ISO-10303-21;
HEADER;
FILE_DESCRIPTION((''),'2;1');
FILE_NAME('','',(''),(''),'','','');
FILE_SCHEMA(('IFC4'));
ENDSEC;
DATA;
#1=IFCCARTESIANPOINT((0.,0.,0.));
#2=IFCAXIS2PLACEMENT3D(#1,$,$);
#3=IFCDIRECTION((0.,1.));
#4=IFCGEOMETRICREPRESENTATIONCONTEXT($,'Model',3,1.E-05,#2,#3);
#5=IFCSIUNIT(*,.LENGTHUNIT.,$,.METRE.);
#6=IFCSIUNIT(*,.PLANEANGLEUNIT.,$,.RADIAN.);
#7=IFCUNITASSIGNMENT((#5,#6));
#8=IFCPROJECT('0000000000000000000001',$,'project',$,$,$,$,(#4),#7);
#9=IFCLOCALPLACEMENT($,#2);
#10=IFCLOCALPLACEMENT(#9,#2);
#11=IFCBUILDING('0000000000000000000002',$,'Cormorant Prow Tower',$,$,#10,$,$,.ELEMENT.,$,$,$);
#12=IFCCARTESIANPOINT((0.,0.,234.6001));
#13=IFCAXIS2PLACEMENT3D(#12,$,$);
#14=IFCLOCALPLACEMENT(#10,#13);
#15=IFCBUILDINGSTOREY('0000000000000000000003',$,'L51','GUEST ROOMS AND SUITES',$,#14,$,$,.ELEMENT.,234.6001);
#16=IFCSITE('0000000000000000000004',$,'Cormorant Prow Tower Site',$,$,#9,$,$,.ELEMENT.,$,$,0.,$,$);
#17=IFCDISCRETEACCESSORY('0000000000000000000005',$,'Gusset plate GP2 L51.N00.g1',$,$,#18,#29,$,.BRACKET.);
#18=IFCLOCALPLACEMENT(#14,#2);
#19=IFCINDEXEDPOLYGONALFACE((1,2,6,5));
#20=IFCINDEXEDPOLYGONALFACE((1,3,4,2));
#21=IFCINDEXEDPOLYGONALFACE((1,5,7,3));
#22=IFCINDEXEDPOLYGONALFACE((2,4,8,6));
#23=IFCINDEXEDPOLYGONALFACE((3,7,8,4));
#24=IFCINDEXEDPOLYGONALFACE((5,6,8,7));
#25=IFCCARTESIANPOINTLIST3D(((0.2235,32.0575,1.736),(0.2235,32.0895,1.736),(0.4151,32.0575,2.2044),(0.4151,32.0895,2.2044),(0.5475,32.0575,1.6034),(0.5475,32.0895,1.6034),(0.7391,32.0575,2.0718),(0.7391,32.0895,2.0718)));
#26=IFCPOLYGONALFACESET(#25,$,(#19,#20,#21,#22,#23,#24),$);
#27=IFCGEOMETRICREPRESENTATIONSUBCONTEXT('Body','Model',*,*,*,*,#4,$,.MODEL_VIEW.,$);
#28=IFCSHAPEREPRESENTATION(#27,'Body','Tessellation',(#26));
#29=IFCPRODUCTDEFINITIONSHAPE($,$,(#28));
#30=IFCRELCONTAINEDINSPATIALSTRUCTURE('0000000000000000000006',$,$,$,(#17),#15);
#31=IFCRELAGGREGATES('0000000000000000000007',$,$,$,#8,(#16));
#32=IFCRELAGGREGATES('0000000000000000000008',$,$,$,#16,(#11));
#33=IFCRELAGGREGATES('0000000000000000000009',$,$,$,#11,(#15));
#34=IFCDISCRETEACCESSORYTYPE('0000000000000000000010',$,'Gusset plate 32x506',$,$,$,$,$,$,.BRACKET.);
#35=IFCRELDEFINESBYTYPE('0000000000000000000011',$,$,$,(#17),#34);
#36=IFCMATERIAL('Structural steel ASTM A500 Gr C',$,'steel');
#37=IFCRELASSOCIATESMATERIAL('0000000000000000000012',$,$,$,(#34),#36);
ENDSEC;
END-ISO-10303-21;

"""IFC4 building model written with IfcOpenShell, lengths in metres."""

from ifc_helpers import new_model, si_unit, direction, frame, origin, origin_2d, place, context, subcontext, project, spatial, rectangle, extrude, material, material_profile, profile_set, type_object, element, save


model = new_model("IFC4")

# Units and contexts
model_context = context("Model", 3, precision=1e-05, world=origin(), true_north=direction((0.0, 1.0)))
body_context = subcontext(model_context, "Body", "Model", "MODEL_VIEW")
ifc_project = project(units=[si_unit("LENGTHUNIT", "METRE"), si_unit("PLANEANGLEUNIT", "RADIAN")], contexts=[model_context])

# Site, building, storey
site_placement = place(None, origin())
site = spatial("IfcSite", under=ifc_project, at=site_placement, Name="Cormorant Prow Tower Site", CompositionType="ELEMENT", RefElevation=0.0)
building_placement = place(site_placement, origin())
building = spatial("IfcBuilding", under=site, at=building_placement, Name="Cormorant Prow Tower", CompositionType="ELEMENT")
storey_placement = place(building_placement, frame((0.0, 0.0, 234.6001)))
storey = spatial("IfcBuildingStorey", under=building, at=storey_placement, Name="L51", Description="GUEST ROOMS AND SUITES", CompositionType="ELEMENT", Elevation=234.6001)

# Discrete accessory
ifc_material_1 = material(Name="Structural steel ASTM A500 Gr C", Category="steel")
ifc_material_profile_1 = material_profile(ifc_material_1, rectangle(XDim=0.032, YDim=0.5061, at=origin_2d()), Name="Gusset plate 32x506")
ifc_profile_set_1 = profile_set([ifc_material_profile_1], Name="Structural steel ASTM A500 Gr C")
discrete_accessory_type = type_object("IfcDiscreteAccessoryType", Name="Gusset plate 32x506", PredefinedType="BRACKET", material=ifc_profile_set_1)
for number, where, z_axis, x_axis, name in (
    (1, (0.6433, 32.0735, 1.8376), (-0.925514, 0.0, 0.378714), (0.0, -1.0, 0.0), "Gusset plate GP2 L51.N00.g1"),
):
    element("IfcDiscreteAccessory", number, at=place(storey_placement, frame(where, z_axis=z_axis, x_axis=x_axis)), inside=storey, type_object=discrete_accessory_type, Name=name, PredefinedType="BRACKET", context=body_context, shape_type="SweptSolid", body=[
        extrude(rectangle(XDim=0.032, YDim=0.5061, at=origin_2d()), origin(), (0.0, 0.0, 1.0), 0.3501),
    ])

save(model, "model.ifc")
